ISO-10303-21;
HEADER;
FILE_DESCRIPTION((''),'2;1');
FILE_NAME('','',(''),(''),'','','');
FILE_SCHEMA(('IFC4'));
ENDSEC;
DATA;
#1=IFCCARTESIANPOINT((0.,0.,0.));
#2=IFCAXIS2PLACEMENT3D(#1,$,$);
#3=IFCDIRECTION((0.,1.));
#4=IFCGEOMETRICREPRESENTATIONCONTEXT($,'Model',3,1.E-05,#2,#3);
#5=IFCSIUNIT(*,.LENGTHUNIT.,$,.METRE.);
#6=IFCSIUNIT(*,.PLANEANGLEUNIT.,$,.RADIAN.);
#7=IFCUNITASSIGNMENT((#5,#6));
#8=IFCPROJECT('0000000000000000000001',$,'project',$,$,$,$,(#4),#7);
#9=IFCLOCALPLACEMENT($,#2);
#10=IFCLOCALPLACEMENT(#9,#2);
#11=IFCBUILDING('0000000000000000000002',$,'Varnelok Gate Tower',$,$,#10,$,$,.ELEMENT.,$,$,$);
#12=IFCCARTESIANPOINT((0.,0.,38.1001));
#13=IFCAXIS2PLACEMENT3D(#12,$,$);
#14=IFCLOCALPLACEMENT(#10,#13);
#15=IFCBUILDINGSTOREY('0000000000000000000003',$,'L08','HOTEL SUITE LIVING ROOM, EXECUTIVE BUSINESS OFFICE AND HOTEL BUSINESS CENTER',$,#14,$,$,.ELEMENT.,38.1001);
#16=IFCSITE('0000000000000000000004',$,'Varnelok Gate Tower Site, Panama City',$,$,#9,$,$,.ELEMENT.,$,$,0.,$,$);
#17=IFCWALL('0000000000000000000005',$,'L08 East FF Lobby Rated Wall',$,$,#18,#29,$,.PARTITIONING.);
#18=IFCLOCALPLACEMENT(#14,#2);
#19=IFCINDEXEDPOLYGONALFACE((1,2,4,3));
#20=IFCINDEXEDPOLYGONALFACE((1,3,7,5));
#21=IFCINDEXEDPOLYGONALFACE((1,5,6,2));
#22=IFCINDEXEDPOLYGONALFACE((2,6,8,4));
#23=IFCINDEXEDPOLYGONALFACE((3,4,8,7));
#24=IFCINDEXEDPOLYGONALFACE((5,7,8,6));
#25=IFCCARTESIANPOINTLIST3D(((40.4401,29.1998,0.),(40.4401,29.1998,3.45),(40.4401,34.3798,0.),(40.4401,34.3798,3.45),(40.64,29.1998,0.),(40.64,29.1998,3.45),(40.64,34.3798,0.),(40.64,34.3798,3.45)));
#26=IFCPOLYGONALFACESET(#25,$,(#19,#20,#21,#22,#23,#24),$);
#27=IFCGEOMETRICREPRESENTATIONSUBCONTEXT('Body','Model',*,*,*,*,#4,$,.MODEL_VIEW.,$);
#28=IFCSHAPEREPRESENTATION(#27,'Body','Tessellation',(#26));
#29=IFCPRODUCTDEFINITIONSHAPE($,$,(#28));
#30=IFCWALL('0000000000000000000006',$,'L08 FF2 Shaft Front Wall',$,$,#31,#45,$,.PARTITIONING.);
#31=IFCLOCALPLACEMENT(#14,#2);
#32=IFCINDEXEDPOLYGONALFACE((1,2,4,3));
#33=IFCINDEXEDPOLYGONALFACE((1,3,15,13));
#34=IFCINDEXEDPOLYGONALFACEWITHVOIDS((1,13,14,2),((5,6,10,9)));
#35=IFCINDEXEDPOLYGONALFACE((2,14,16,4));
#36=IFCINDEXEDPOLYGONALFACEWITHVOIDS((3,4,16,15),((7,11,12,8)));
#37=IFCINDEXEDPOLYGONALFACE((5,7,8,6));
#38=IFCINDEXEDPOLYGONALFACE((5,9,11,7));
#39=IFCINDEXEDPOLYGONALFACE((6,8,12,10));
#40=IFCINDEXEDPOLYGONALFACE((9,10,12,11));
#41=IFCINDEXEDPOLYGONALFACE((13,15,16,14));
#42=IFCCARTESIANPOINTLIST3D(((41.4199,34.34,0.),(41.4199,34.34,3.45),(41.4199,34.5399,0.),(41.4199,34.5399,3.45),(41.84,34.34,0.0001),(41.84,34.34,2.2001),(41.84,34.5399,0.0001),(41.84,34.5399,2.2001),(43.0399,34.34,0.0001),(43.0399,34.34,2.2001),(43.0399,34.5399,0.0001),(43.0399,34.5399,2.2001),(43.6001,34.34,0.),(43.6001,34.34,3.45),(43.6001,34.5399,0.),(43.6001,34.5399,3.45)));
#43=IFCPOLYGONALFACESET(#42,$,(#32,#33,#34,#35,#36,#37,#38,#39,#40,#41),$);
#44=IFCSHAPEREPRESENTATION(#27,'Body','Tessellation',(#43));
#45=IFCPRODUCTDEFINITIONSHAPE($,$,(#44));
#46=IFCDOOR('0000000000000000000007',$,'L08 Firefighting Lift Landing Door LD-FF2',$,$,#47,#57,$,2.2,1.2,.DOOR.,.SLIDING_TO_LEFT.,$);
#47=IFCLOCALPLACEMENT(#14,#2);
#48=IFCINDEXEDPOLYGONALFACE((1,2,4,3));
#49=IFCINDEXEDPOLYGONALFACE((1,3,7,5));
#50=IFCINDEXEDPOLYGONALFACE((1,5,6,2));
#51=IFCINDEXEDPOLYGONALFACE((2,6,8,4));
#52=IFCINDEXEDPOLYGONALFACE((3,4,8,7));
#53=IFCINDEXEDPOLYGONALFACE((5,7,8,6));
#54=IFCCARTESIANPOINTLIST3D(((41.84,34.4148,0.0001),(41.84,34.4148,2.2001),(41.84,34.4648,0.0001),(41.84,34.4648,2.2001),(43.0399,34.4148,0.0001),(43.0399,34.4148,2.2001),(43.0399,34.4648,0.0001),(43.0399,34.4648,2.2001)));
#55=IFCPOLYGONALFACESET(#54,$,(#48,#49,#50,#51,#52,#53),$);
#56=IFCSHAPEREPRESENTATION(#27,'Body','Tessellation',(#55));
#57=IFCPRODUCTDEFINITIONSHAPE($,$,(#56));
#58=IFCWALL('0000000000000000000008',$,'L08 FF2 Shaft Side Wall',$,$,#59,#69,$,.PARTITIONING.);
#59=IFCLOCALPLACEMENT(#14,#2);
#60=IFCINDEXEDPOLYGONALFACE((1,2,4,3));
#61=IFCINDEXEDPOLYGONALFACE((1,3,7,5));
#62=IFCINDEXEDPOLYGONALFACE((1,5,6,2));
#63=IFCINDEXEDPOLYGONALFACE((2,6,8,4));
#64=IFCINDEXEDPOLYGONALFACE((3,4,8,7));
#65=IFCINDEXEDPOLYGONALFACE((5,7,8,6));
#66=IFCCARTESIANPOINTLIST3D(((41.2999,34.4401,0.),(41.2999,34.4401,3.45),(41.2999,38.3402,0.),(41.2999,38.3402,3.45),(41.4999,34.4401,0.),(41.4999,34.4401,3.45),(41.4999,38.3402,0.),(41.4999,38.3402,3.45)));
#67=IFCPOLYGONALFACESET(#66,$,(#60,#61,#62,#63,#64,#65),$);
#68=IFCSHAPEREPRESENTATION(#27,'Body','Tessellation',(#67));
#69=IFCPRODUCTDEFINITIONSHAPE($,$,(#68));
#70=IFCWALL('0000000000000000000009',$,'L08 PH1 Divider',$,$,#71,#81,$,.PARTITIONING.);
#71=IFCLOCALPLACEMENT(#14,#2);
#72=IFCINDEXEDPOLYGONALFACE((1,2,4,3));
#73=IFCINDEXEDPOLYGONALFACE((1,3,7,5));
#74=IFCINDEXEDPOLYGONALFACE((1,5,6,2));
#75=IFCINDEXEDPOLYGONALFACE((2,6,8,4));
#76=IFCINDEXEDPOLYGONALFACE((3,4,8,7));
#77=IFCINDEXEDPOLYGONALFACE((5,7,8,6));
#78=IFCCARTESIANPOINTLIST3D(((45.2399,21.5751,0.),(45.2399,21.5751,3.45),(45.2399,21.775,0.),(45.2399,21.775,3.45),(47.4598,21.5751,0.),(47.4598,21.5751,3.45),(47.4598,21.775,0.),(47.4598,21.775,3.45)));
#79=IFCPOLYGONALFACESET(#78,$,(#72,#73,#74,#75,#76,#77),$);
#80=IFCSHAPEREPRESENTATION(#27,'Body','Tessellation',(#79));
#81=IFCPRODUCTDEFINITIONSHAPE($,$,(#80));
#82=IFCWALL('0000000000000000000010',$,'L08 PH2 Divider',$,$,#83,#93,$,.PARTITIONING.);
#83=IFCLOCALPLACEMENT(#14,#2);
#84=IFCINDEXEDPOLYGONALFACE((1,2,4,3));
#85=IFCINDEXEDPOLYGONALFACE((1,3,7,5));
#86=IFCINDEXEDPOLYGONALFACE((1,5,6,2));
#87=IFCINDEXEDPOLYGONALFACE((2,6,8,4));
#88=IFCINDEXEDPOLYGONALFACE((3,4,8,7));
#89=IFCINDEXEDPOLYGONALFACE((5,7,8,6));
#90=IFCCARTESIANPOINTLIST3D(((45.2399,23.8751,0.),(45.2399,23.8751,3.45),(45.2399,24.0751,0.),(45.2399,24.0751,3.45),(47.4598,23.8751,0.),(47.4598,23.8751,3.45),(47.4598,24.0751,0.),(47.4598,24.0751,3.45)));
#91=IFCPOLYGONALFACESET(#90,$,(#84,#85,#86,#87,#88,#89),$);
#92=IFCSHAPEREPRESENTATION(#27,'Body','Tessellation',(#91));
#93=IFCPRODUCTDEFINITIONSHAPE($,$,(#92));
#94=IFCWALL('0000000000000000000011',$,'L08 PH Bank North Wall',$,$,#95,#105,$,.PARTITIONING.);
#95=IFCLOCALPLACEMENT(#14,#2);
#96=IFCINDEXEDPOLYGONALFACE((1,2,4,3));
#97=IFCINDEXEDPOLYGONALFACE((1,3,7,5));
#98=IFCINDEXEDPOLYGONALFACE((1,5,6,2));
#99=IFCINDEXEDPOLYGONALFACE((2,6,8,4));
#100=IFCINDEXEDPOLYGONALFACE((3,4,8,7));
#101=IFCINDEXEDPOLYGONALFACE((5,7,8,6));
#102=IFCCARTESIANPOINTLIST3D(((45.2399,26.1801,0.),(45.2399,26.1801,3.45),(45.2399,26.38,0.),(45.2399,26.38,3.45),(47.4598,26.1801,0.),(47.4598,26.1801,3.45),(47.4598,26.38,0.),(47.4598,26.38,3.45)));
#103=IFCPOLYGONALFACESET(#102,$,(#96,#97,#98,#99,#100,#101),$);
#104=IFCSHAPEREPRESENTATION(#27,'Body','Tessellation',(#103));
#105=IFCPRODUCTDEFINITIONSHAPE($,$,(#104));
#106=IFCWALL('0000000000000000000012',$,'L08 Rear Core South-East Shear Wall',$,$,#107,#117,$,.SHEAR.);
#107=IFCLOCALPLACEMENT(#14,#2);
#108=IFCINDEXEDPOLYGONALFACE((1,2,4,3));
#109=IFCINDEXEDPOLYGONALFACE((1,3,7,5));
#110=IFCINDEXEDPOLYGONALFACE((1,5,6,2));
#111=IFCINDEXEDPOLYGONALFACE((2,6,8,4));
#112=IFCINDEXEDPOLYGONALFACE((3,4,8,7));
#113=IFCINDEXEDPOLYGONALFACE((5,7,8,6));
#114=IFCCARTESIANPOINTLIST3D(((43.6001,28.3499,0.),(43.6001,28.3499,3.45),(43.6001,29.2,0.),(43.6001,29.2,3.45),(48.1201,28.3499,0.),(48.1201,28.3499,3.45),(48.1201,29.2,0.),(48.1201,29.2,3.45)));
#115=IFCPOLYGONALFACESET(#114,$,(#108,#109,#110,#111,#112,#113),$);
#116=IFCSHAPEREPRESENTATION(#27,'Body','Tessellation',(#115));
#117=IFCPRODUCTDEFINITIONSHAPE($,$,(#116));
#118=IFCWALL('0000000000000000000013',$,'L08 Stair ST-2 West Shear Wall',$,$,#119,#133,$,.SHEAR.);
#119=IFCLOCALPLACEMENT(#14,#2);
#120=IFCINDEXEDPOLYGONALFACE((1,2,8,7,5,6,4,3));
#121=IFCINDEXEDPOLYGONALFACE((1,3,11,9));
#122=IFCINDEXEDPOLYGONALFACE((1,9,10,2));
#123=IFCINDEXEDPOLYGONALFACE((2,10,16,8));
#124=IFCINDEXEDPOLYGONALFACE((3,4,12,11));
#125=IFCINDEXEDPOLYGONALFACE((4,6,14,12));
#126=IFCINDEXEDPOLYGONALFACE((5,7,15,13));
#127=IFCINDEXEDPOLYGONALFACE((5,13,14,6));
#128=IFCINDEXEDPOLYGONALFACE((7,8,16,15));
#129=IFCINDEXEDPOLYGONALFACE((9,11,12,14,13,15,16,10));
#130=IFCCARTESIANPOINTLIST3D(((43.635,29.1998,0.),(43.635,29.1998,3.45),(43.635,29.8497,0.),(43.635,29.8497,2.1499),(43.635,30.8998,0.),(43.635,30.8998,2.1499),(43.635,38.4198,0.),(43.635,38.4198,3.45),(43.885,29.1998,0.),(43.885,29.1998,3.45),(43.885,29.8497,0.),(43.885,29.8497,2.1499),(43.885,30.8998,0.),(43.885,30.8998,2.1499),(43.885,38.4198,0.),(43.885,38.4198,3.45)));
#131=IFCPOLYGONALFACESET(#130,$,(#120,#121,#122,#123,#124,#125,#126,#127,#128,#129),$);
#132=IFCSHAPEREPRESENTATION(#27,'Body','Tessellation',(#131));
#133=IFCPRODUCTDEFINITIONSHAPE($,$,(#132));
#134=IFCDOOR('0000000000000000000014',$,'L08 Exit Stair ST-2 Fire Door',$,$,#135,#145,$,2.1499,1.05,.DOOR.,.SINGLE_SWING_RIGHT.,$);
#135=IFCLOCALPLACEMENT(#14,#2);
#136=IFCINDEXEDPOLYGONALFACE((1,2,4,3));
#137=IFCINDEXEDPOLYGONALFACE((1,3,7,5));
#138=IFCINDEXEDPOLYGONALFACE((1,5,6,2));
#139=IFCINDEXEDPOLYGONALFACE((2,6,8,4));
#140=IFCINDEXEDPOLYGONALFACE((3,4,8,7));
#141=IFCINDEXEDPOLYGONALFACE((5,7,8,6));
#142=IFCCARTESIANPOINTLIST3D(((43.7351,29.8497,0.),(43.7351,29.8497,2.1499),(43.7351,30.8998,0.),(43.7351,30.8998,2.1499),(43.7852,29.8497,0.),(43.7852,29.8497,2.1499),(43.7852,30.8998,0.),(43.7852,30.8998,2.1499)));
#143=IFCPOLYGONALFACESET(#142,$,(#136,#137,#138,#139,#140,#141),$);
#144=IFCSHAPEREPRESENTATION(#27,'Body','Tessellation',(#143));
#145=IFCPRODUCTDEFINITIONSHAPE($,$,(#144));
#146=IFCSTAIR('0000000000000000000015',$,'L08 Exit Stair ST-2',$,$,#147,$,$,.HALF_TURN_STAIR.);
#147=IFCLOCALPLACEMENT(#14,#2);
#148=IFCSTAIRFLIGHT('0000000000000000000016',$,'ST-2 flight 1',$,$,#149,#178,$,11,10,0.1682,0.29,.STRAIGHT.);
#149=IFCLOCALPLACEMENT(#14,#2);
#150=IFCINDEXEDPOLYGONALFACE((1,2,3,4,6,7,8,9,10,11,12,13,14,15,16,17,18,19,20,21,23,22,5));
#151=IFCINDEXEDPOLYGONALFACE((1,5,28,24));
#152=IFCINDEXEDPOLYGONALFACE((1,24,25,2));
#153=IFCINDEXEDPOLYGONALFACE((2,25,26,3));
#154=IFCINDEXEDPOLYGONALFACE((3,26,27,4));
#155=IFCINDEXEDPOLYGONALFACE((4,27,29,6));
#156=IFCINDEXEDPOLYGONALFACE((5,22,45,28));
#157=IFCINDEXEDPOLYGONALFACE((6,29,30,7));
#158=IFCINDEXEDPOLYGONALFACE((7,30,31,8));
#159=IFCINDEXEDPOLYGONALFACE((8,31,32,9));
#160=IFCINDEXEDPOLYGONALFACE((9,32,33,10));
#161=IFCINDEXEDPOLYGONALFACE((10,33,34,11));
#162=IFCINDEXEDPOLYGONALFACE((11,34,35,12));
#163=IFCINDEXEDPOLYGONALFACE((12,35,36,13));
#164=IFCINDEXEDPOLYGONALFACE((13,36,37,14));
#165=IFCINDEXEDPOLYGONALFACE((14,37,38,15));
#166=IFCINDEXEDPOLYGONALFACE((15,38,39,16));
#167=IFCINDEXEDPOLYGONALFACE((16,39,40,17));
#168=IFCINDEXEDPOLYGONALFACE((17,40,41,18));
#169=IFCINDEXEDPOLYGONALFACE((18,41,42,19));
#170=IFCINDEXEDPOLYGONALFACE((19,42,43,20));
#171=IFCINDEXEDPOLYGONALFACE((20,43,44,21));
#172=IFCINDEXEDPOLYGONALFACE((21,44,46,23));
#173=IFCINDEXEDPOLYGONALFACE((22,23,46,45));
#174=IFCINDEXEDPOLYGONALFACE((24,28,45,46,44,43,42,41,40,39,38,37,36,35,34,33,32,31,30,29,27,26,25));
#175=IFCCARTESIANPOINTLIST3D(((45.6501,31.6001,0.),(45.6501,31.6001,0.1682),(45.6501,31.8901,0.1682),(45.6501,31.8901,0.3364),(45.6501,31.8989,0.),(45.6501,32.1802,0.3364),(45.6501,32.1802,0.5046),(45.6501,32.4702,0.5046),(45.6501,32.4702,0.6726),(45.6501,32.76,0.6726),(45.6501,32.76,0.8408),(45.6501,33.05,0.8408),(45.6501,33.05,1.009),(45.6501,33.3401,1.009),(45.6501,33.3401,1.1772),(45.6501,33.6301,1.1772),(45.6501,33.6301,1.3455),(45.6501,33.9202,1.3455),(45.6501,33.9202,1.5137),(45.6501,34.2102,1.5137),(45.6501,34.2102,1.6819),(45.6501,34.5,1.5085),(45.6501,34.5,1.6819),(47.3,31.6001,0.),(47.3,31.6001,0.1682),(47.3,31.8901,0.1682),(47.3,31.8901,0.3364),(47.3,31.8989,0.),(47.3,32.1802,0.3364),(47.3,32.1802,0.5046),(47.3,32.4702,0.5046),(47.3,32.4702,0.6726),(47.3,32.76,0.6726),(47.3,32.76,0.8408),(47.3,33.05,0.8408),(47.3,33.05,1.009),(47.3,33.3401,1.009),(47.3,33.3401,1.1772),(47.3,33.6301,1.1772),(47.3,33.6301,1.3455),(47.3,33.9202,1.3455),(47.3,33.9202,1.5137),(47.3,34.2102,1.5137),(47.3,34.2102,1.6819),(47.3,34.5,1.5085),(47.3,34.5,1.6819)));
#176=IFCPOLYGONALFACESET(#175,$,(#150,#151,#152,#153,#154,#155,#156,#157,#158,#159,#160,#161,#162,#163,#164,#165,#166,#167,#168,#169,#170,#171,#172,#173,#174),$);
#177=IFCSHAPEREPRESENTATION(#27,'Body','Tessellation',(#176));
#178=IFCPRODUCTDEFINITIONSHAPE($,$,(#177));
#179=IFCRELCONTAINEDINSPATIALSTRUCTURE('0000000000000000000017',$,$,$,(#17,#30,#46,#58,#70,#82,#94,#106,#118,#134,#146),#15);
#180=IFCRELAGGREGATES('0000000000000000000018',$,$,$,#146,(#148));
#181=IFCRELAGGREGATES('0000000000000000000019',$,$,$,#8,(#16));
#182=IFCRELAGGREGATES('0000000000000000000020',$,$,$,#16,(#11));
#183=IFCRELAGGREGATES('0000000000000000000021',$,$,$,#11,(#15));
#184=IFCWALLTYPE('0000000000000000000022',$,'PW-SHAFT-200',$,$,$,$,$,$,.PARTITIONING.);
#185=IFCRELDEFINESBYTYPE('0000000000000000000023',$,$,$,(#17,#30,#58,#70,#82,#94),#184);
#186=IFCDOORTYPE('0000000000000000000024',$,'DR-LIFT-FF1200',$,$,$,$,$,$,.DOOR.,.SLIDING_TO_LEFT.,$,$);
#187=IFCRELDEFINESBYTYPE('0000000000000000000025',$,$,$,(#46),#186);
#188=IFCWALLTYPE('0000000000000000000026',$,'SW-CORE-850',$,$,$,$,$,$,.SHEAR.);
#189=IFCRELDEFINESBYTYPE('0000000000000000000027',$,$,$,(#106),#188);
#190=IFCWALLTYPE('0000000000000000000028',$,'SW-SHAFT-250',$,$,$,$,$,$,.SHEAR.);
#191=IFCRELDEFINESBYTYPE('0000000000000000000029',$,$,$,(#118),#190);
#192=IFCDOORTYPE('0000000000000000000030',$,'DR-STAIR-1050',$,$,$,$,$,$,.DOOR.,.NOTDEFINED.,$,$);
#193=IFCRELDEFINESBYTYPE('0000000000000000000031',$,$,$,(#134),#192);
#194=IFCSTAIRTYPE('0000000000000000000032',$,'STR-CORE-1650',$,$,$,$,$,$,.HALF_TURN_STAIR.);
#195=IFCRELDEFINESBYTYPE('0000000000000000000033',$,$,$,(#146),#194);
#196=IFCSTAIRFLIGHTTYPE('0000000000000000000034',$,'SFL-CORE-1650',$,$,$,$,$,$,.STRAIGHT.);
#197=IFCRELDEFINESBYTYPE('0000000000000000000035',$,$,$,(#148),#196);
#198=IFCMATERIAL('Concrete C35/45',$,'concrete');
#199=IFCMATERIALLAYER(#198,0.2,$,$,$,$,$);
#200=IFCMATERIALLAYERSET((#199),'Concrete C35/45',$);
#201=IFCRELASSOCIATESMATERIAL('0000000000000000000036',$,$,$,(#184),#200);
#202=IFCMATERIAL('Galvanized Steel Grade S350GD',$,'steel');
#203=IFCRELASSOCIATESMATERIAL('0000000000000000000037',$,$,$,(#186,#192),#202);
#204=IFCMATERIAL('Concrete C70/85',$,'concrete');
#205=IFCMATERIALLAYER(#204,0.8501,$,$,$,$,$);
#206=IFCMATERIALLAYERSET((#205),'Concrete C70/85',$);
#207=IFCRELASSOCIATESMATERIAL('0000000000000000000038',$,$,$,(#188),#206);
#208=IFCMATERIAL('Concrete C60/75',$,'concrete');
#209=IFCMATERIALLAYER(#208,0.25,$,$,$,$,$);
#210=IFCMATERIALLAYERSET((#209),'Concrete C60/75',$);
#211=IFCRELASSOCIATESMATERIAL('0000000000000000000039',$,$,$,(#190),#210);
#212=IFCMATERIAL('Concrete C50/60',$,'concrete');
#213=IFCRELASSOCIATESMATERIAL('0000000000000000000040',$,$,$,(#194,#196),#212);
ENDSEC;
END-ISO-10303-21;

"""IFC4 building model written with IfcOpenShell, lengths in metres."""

from ifc_helpers import new_model, si_unit, direction, frame, frame_2d, origin, place, context, subcontext, project, spatial, polyline, rectangle, outline, extrude, material, layer, layer_set, type_object, element, fill, aggregate, save


model = new_model("IFC4")

# Units and contexts
model_context = context("Model", 3, precision=1e-05, world=origin(), true_north=direction((0.0, 1.0)))
body_context = subcontext(model_context, "Body", "Model", "MODEL_VIEW")
ifc_project = project(units=[si_unit("LENGTHUNIT", "METRE"), si_unit("PLANEANGLEUNIT", "RADIAN")], contexts=[model_context])

# Site, building, storey
site_placement = place(None, origin())
site = spatial("IfcSite", under=ifc_project, at=site_placement, Name="Varnelok Gate Tower Site, Panama City", CompositionType="ELEMENT", RefElevation=0.0)
building_placement = place(site_placement, origin())
building = spatial("IfcBuilding", under=site, at=building_placement, Name="Varnelok Gate Tower", CompositionType="ELEMENT")
storey_placement = place(building_placement, frame((0.0, 0.0, 38.1001)))
storey = spatial("IfcBuildingStorey", under=building, at=storey_placement, Name="L08", Description="HOTEL SUITE LIVING ROOM, EXECUTIVE BUSINESS OFFICE AND HOTEL BUSINESS CENTER", CompositionType="ELEMENT", Elevation=38.1001)

# Shared definitions
ifc_material_1 = material(Name="Concrete C70/85", Category="concrete")

# Shared definitions
ifc_material_2 = material(Name="Galvanized Steel Grade S350GD", Category="steel")

# Wall
ifc_material_3 = material(Name="Concrete C35/45", Category="concrete")
ifc_layer_1 = layer(ifc_material_3, 0.2)
ifc_layer_set_1 = layer_set([ifc_layer_1], Name="Concrete C35/45")
wall_type_1 = type_object("IfcWallType", Name="PW-SHAFT-200", PredefinedType="PARTITIONING", material=ifc_layer_set_1)
wall_1_placement = place(storey_placement, frame((40.54, 29.2, 0.0), z_axis=(0.0, 0.0, 1.0), x_axis=(0.0, 1.0, 0.0)))
element("IfcWall", 1, at=wall_1_placement, inside=storey, type_object=wall_type_1, Name="L08 East FF Lobby Rated Wall", PredefinedType="PARTITIONING", context=body_context, shape_type="SweptSolid", body=[
    extrude(rectangle(XDim=5.1799, YDim=0.2, at=frame_2d((2.5898, 0.0))), origin(), (0.0, 0.0, 1.0), 3.45),
])

# Wall, opening, door
wall_2_placement = place(storey_placement, frame((41.4199, 34.4399, 0.0), z_axis=(0.0, 0.0, 1.0), x_axis=(1.0, 0.0, 0.0)))
wall_2 = element("IfcWall", 2, at=wall_2_placement, inside=storey, type_object=wall_type_1, Name="L08 FF2 Shaft Front Wall", PredefinedType="PARTITIONING", context=body_context, shape_type="SweptSolid", body=[
    extrude(rectangle(XDim=2.1802, YDim=0.2, at=frame_2d((1.0901, 0.0))), origin(), (0.0, 0.0, 1.0), 3.45),
])
opening_1_placement = place(wall_2_placement, frame((0.4199, 0.0, 0.0)))
opening_1 = element("IfcOpeningElement", 3, at=opening_1_placement, cuts=wall_2, PredefinedType="OPENING", context=body_context, shape_type="SweptSolid", body=[
    extrude(rectangle(XDim=1.2, YDim=2.2, at=frame_2d((0.6001, 1.1001))), frame((0.0, 0.1099, 0.0), z_axis=(0.0, -1.0, 0.0), x_axis=(1.0, 0.0, 0.0)), (0.0, 0.0, 1.0), 0.22),
])
door_type_1 = type_object("IfcDoorType", Name="DR-LIFT-FF1200", OperationType="SLIDING_TO_LEFT", PredefinedType="DOOR", material=ifc_material_2)
door_1_placement = place(opening_1_placement, origin())
door_1 = element("IfcDoor", 4, at=door_1_placement, inside=storey, type_object=door_type_1, Name="L08 Firefighting Lift Landing Door LD-FF2", OperationType="SLIDING_TO_LEFT", OverallHeight=2.2, OverallWidth=1.2, PredefinedType="DOOR", context=body_context, shape_type="SweptSolid", body=[
    extrude(rectangle(XDim=1.2, YDim=2.2, at=frame_2d((0.6001, 1.1001))), frame((0.0, 0.0249, 0.0), z_axis=(0.0, -1.0, 0.0), x_axis=(1.0, 0.0, 0.0)), (0.0, 0.0, 1.0), 0.05),
])
fill(opening_1, door_1)

# Walls
wall_3_placement = place(storey_placement, frame((41.3999, 34.4399, 0.0), z_axis=(0.0, 0.0, 1.0), x_axis=(0.0, 1.0, 0.0)))
element("IfcWall", 5, at=wall_3_placement, inside=storey, type_object=wall_type_1, Name="L08 FF2 Shaft Side Wall", PredefinedType="PARTITIONING", context=body_context, shape_type="SweptSolid", body=[
    extrude(rectangle(XDim=3.9001, YDim=0.2, at=frame_2d((1.9502, 0.0))), origin(), (0.0, 0.0, 1.0), 3.45),
])
for number, where, z_axis, x_axis, name in (
    (6, (45.24, 21.675, 0.0), (0.0, 0.0, 1.0), (1.0, 0.0, 0.0), "L08 PH1 Divider"),
    (7, (45.24, 23.9751, 0.0), (0.0, 0.0, 1.0), (1.0, 0.0, 0.0), "L08 PH2 Divider"),
    (8, (45.24, 26.28, 0.0), (0.0, 0.0, 1.0), (1.0, 0.0, 0.0), "L08 PH Bank North Wall"),
):
    element("IfcWall", number, at=place(storey_placement, frame(where, z_axis=z_axis, x_axis=x_axis)), inside=storey, type_object=wall_type_1, Name=name, PredefinedType="PARTITIONING", context=body_context, shape_type="SweptSolid", body=[
        extrude(rectangle(XDim=2.22, YDim=0.2, at=frame_2d((1.1099, 0.0))), origin(), (0.0, 0.0, 1.0), 3.45),
    ])
ifc_layer_2 = layer(ifc_material_1, 0.8501)
ifc_layer_set_2 = layer_set([ifc_layer_2], Name="Concrete C70/85")
wall_type_2 = type_object("IfcWallType", Name="SW-CORE-850", PredefinedType="SHEAR", material=ifc_layer_set_2)
wall_4_placement = place(storey_placement, frame((43.6001, 28.7749, 0.0), z_axis=(0.0, 0.0, 1.0), x_axis=(1.0, 0.0, 0.0)))
element("IfcWall", 9, at=wall_4_placement, inside=storey, type_object=wall_type_2, Name="L08 Rear Core South-East Shear Wall", PredefinedType="SHEAR", context=body_context, shape_type="SweptSolid", body=[
    extrude(rectangle(XDim=4.52, YDim=0.8501, at=frame_2d((2.26, 0.0))), origin(), (0.0, 0.0, 1.0), 3.45),
])

# Wall, opening, door
ifc_material_4 = material(Name="Concrete C60/75", Category="concrete")
ifc_layer_3 = layer(ifc_material_4, 0.25)
ifc_layer_set_3 = layer_set([ifc_layer_3], Name="Concrete C60/75")
wall_type_3 = type_object("IfcWallType", Name="SW-SHAFT-250", PredefinedType="SHEAR", material=ifc_layer_set_3)
wall_5_placement = place(storey_placement, frame((43.76, 29.2, 0.0), z_axis=(0.0, 0.0, 1.0), x_axis=(0.0, 1.0, 0.0)))
wall_5 = element("IfcWall", 10, at=wall_5_placement, inside=storey, type_object=wall_type_3, Name="L08 Stair ST-2 West Shear Wall", PredefinedType="SHEAR", context=body_context, shape_type="SweptSolid", body=[
    extrude(rectangle(XDim=9.22, YDim=0.25, at=frame_2d((4.6099, 0.0))), origin(), (0.0, 0.0, 1.0), 3.45),
])
opening_2_placement = place(wall_5_placement, frame((0.6499, 0.0, 0.0)))
opening_2 = element("IfcOpeningElement", 11, at=opening_2_placement, cuts=wall_5, PredefinedType="OPENING", context=body_context, shape_type="SweptSolid", body=[
    extrude(rectangle(XDim=1.05, YDim=2.1499, at=frame_2d((0.5249, 1.075))), frame((0.0, 0.135, 0.0), z_axis=(0.0, -1.0, 0.0), x_axis=(1.0, 0.0, 0.0)), (0.0, 0.0, 1.0), 0.27),
])
door_type_2 = type_object("IfcDoorType", Name="DR-STAIR-1050", OperationType="NOTDEFINED", PredefinedType="DOOR", material=ifc_material_2)
door_2_placement = place(opening_2_placement, origin())
door_2 = element("IfcDoor", 12, at=door_2_placement, inside=storey, type_object=door_type_2, Name="L08 Exit Stair ST-2 Fire Door", OperationType="SINGLE_SWING_RIGHT", OverallHeight=2.1499, OverallWidth=1.05, PredefinedType="DOOR", context=body_context, shape_type="SweptSolid", body=[
    extrude(rectangle(XDim=1.05, YDim=2.1499, at=frame_2d((0.5249, 1.075))), frame((0.0, 0.0249, 0.0), z_axis=(0.0, -1.0, 0.0), x_axis=(1.0, 0.0, 0.0)), (0.0, 0.0, 1.0), 0.05),
])
fill(opening_2, door_2)

# Stair, stair flight
ifc_material_5 = material(Name="Concrete C50/60", Category="concrete")
stair_type = type_object("IfcStairType", Name="STR-CORE-1650", PredefinedType="HALF_TURN_STAIR", material=ifc_material_5)
stair_placement = place(storey_placement, origin())
stair = element("IfcStair", 13, at=stair_placement, inside=storey, type_object=stair_type, Name="L08 Exit Stair ST-2", PredefinedType="HALF_TURN_STAIR")
stair_flight_type = type_object("IfcStairFlightType", Name="SFL-CORE-1650", PredefinedType="STRAIGHT", material=ifc_material_5)
stair_flight_placement = place(storey_placement, frame((46.4751, 31.6001, 0.0), z_axis=(0.0, 0.0, 1.0), x_axis=(0.0, 1.0, 0.0)))
stair_flight = element("IfcStairFlight", 14, at=stair_flight_placement, type_object=stair_flight_type, Name="ST-2 flight 1", NumberOfRisers=11, NumberOfTreads=10, PredefinedType="STRAIGHT", RiserHeight=0.1682, TreadLength=0.29, context=body_context, shape_type="SweptSolid", body=[
    extrude(outline(polyline([(0.0, 0.0), (0.0, 0.1682), (0.29, 0.1682), (0.29, 0.3364), (0.5801, 0.3364), (0.5801, 0.5046), (0.8701, 0.5046), (0.8701, 0.6726), (1.1599, 0.6726), (1.1599, 0.8408), (1.45, 0.8408), (1.45, 1.009), (1.74, 1.009), (1.74, 1.1772), (2.03, 1.1772), (2.03, 1.3455), (2.3201, 1.3455), (2.3201, 1.5137), (2.6101, 1.5137), (2.6101, 1.6819), (2.8999, 1.6819), (2.8999, 1.8501), (2.8999, 1.5085), (0.2988, 0.0), (0.0, 0.0)])), frame((0.0, 0.825, 0.0), z_axis=(0.0, -1.0, 0.0), x_axis=(1.0, 0.0, 0.0)), (0.0, 0.0, 1.0), 1.6499),
])
aggregate(stair, [stair_flight])

save(model, "model.ifc")
